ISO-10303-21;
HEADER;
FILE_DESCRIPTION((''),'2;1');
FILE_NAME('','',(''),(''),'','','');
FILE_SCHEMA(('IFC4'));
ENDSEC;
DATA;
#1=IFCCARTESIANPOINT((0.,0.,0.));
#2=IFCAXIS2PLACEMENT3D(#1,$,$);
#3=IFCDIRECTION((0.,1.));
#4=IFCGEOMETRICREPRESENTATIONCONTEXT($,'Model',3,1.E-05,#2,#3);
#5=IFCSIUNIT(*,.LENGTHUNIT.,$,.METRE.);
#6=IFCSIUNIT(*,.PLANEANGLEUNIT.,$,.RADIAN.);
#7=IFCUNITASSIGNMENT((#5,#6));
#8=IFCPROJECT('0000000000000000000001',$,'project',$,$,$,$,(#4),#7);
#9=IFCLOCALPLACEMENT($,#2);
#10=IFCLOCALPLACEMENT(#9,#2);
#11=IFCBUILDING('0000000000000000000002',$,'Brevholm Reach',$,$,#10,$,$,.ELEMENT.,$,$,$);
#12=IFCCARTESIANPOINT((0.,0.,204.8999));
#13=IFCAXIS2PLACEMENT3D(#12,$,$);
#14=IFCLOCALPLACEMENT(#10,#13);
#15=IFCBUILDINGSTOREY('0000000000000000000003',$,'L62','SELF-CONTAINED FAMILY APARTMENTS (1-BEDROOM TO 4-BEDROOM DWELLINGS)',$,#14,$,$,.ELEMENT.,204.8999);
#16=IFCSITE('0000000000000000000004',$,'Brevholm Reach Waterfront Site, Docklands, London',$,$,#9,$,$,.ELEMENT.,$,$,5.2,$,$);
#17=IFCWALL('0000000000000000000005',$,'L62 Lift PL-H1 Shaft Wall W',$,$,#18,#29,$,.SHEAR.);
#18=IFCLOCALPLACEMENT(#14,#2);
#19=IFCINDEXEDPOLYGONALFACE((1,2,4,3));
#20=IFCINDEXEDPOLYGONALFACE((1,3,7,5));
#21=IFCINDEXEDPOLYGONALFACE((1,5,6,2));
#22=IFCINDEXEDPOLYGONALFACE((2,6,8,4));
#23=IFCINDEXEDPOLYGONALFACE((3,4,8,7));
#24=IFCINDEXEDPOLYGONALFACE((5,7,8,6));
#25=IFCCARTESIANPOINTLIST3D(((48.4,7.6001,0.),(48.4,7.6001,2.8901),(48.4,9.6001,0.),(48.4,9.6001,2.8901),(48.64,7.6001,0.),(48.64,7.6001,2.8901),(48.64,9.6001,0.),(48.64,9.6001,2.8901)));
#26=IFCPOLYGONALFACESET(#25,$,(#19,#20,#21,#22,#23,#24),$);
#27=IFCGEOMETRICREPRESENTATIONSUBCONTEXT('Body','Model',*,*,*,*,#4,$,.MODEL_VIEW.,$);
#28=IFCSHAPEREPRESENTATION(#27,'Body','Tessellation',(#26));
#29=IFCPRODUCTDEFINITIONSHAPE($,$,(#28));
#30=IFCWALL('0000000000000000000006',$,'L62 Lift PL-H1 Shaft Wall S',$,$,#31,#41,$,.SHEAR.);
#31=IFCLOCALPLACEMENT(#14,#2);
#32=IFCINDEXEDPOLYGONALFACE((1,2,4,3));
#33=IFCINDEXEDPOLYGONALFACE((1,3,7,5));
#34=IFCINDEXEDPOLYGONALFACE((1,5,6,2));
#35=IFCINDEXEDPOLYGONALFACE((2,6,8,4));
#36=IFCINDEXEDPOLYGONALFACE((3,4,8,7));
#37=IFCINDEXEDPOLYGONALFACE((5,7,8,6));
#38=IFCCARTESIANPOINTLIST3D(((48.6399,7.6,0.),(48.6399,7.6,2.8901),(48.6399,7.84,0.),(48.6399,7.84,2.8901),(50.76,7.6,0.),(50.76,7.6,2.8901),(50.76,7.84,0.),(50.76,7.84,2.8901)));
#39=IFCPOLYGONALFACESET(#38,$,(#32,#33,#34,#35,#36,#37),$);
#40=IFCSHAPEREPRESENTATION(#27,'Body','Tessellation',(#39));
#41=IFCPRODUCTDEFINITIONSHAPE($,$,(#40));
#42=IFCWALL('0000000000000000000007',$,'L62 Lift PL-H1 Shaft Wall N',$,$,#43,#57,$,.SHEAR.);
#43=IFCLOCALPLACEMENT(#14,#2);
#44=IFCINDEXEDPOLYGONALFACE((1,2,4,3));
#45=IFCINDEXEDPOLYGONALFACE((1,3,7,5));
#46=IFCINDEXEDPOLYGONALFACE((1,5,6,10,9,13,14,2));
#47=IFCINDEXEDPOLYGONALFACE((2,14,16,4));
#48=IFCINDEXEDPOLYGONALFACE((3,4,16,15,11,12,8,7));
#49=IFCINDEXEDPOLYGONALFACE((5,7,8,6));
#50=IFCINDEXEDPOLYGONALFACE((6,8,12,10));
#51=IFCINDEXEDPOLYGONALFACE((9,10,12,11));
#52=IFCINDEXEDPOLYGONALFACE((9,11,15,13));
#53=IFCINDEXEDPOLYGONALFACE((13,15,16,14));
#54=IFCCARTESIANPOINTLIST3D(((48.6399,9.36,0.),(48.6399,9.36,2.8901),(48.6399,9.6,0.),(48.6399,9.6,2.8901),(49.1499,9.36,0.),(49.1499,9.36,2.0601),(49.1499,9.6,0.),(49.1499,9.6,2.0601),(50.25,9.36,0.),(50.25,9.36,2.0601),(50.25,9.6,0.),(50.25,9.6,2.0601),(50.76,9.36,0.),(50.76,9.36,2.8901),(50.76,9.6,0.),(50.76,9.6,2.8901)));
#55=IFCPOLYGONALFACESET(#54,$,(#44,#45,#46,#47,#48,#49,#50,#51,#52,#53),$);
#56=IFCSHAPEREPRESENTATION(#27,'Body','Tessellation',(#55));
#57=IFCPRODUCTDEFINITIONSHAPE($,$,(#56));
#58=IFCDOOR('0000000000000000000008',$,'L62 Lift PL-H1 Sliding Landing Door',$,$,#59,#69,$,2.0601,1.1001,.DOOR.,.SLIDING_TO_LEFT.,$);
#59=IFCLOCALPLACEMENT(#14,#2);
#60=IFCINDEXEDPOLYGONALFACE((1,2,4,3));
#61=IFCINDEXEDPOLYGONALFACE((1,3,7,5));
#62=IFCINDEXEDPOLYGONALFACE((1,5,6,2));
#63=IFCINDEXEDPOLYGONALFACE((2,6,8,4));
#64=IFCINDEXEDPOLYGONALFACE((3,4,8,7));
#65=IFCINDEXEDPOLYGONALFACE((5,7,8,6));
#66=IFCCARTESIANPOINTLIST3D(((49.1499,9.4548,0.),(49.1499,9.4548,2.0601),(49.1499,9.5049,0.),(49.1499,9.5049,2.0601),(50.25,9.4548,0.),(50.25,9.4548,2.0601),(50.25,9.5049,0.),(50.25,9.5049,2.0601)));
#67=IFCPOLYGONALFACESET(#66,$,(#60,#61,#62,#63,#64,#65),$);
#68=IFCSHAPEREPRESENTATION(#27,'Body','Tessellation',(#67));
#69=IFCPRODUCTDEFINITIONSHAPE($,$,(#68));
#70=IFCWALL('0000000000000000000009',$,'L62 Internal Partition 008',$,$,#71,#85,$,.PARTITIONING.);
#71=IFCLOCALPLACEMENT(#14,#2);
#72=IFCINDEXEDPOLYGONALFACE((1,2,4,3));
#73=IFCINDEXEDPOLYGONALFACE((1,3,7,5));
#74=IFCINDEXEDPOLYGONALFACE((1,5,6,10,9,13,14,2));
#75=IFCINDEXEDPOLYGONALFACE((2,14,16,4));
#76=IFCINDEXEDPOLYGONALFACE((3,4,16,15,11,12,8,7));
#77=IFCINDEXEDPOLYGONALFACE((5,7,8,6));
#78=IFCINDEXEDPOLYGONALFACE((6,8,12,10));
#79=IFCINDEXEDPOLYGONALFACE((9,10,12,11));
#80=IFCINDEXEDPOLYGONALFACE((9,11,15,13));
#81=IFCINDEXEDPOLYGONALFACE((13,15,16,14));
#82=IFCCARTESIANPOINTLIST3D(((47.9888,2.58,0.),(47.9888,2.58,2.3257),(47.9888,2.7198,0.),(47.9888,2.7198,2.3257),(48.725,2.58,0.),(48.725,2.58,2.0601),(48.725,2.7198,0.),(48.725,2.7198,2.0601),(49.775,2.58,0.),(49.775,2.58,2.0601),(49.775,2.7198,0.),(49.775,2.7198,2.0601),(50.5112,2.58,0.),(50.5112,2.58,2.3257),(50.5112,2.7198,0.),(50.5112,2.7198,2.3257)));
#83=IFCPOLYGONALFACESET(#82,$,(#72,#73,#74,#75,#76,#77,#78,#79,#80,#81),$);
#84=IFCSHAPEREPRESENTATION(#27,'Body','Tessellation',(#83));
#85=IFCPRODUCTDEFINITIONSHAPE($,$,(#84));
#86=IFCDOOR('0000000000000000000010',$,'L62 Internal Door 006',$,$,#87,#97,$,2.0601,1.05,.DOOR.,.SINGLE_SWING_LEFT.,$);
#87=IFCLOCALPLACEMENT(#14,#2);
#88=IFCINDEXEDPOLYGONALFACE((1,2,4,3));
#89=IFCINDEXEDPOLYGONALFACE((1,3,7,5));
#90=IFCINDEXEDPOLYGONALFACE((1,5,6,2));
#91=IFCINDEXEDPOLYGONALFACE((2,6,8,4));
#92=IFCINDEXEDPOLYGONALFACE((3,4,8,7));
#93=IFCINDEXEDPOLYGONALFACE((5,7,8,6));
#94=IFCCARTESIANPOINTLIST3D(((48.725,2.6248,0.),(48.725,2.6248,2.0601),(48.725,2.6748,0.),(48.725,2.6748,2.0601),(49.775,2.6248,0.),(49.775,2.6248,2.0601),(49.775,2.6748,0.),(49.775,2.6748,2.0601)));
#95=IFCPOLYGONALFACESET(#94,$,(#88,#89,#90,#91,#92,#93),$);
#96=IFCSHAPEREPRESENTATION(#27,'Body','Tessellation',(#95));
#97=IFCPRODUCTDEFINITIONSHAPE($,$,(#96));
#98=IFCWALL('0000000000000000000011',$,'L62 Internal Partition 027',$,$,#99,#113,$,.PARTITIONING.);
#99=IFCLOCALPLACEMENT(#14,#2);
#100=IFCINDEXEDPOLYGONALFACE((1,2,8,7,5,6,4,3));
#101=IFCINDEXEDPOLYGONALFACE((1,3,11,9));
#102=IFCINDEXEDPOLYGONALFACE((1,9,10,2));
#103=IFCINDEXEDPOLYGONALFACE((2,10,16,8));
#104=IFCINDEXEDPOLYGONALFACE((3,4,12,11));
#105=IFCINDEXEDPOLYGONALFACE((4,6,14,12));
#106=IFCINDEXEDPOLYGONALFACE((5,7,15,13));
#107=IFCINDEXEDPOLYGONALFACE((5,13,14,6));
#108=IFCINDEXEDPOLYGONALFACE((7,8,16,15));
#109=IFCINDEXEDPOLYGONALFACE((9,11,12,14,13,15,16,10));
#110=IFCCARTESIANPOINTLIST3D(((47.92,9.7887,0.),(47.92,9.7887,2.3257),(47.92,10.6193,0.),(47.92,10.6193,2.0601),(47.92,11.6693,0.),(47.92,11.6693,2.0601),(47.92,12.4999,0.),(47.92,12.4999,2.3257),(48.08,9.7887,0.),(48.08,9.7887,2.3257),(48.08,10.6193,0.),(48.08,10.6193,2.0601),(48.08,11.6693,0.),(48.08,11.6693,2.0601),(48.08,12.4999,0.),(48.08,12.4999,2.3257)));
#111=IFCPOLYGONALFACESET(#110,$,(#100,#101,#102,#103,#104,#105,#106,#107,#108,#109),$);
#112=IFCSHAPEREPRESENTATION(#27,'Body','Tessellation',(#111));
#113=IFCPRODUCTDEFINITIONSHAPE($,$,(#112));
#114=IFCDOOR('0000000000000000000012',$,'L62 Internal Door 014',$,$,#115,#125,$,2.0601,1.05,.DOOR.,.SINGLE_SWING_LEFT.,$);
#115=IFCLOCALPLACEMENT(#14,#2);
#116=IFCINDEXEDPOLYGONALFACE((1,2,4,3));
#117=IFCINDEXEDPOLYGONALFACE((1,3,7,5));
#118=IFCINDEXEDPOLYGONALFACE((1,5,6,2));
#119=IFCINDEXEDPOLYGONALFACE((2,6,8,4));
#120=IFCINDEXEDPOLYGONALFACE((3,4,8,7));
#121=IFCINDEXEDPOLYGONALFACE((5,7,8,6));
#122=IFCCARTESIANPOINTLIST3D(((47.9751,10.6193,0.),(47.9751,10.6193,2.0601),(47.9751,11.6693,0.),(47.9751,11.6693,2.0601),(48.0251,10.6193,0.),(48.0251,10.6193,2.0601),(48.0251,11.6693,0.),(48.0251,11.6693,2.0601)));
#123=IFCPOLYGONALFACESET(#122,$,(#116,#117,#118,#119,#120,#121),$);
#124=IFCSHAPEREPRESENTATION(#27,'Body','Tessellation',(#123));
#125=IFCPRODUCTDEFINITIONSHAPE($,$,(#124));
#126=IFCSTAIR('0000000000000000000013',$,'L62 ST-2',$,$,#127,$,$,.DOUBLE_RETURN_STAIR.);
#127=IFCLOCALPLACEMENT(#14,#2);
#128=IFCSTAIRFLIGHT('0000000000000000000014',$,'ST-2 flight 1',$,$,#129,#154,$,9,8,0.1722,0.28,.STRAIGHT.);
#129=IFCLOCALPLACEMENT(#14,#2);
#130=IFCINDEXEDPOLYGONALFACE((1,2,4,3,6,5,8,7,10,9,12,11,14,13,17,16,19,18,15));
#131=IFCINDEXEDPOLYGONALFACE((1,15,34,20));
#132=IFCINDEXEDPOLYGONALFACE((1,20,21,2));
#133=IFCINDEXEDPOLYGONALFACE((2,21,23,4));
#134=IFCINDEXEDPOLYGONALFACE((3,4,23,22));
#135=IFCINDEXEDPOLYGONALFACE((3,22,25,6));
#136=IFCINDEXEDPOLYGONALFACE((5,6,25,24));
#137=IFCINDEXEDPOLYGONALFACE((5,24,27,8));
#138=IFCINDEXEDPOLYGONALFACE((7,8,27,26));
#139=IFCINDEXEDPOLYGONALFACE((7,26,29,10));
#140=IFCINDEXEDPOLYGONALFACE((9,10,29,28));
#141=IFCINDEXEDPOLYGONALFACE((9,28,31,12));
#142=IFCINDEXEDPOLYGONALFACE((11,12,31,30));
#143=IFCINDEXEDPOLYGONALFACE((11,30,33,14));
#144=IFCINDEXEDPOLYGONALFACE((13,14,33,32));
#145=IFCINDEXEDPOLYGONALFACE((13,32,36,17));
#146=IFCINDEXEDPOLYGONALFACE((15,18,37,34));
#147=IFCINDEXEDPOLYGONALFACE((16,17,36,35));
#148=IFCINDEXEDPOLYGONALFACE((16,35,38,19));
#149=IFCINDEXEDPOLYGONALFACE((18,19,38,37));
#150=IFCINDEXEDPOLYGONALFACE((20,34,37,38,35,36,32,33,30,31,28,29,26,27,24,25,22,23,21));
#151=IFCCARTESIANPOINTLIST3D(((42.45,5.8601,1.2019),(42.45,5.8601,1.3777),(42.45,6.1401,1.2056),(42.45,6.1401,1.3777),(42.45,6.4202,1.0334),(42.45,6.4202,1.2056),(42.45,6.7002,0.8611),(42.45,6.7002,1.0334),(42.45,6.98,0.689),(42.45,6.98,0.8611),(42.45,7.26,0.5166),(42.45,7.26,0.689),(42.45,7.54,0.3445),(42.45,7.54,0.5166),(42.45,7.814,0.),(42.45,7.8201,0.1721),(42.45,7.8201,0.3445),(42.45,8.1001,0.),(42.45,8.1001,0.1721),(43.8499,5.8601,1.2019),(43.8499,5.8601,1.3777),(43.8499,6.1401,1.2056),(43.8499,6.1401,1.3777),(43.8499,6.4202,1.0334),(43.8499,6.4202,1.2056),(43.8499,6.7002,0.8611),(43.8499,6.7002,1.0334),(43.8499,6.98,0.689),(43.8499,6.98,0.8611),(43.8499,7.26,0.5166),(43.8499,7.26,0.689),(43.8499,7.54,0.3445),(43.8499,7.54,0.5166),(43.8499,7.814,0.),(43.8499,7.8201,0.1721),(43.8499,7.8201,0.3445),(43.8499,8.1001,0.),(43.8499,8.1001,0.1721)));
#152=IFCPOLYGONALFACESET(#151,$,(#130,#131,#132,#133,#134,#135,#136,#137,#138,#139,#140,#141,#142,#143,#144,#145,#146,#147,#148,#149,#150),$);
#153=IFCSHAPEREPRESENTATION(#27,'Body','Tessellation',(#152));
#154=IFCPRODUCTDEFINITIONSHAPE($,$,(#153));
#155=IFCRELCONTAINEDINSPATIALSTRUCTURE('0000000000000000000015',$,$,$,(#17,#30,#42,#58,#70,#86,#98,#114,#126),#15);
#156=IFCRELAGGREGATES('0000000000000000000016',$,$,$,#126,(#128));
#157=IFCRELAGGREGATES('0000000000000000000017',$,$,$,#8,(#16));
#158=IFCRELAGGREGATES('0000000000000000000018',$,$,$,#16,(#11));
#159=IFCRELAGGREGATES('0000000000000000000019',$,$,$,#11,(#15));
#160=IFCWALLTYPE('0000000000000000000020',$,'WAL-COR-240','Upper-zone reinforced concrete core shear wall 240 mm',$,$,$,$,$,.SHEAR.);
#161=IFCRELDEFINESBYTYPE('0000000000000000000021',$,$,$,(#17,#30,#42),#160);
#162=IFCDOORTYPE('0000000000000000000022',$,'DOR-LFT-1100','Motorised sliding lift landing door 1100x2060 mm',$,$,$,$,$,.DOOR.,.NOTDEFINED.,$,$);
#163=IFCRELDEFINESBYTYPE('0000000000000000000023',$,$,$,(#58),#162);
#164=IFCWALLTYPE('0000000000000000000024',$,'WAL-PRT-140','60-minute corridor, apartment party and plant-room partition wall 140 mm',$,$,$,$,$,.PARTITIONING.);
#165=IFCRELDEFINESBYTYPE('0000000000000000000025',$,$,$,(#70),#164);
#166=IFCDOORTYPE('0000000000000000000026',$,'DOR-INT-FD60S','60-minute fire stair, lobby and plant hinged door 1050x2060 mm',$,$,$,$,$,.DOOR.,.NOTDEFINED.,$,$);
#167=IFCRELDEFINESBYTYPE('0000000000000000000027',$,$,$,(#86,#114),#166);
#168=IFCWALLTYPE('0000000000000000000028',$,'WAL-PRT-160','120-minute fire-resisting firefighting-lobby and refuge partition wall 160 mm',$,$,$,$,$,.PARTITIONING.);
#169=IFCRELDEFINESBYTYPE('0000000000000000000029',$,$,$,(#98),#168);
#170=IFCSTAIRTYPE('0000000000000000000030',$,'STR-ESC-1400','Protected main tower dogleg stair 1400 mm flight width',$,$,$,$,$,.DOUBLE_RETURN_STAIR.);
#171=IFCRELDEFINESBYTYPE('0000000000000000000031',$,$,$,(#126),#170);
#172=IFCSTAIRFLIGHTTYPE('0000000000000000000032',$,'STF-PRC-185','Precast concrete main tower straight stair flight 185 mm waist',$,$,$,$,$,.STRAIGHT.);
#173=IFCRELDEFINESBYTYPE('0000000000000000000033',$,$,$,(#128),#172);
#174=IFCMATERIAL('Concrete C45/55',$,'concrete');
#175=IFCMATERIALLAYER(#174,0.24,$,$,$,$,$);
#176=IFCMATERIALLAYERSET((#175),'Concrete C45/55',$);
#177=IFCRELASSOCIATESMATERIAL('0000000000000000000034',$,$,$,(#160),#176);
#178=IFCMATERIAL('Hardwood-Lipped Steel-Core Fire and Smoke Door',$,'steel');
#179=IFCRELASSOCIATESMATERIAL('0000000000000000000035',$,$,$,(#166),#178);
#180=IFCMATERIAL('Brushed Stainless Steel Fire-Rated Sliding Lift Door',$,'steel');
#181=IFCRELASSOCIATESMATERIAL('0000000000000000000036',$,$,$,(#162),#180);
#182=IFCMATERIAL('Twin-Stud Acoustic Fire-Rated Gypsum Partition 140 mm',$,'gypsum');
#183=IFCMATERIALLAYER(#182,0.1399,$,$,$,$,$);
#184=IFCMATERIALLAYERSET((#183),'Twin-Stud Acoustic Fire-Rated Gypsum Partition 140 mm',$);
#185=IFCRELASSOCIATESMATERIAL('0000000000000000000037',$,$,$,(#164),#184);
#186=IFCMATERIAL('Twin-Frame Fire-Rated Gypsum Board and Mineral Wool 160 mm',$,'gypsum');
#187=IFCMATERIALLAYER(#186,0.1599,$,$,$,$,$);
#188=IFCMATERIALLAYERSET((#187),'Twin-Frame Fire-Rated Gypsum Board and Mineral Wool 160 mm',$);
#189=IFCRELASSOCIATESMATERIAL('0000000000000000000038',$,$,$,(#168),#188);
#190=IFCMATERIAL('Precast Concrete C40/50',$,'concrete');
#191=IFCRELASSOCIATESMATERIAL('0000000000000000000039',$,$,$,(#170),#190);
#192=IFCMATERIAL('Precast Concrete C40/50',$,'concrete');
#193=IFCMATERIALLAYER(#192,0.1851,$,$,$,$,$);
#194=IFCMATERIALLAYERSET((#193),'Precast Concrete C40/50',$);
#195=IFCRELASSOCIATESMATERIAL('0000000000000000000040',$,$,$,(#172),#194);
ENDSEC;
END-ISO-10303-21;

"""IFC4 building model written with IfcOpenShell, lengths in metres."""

from ifc_helpers import new_model, si_unit, direction, frame, frame_2d, origin, place, context, subcontext, project, spatial, polyline, rectangle, outline, extrude, material, layer, layer_set, type_object, element, fill, aggregate, save


model = new_model("IFC4")

# Units and contexts
model_context = context("Model", 3, precision=1e-05, world=origin(), true_north=direction((0.0, 1.0)))
body_context = subcontext(model_context, "Body", "Model", "MODEL_VIEW")
ifc_project = project(units=[si_unit("LENGTHUNIT", "METRE"), si_unit("PLANEANGLEUNIT", "RADIAN")], contexts=[model_context])

# Site, building, storey
site_placement = place(None, origin())
site = spatial("IfcSite", under=ifc_project, at=site_placement, Name="Brevholm Reach Waterfront Site, Docklands, London", CompositionType="ELEMENT", RefElevation=5.2)
building_placement = place(site_placement, origin())
building = spatial("IfcBuilding", under=site, at=building_placement, Name="Brevholm Reach", CompositionType="ELEMENT")
storey_placement = place(building_placement, frame((0.0, 0.0, 204.8999)))
storey = spatial("IfcBuildingStorey", under=building, at=storey_placement, Name="L62", Description="SELF-CONTAINED FAMILY APARTMENTS (1-BEDROOM TO 4-BEDROOM DWELLINGS)", CompositionType="ELEMENT", Elevation=204.8999)

# Shared definitions
ifc_material_1 = material(Name="Concrete C45/55", Category="concrete")
ifc_layer_1 = layer(ifc_material_1, 0.24)
ifc_layer_set_1 = layer_set([ifc_layer_1], Name="Concrete C45/55")
wall_type_1 = type_object("IfcWallType", Name="WAL-COR-240", Description="Upper-zone reinforced concrete core shear wall 240 mm", PredefinedType="SHEAR", material=ifc_layer_set_1)

# Shared definitions
ifc_material_2 = material(Name="Hardwood-Lipped Steel-Core Fire and Smoke Door", Category="steel")
door_type_1 = type_object("IfcDoorType", Name="DOR-INT-FD60S", Description="60-minute fire stair, lobby and plant hinged door 1050x2060 mm", OperationType="NOTDEFINED", PredefinedType="DOOR", material=ifc_material_2)

# Shared definitions
ifc_material_3 = material(Name="Brushed Stainless Steel Fire-Rated Sliding Lift Door", Category="steel")
door_type_2 = type_object("IfcDoorType", Name="DOR-LFT-1100", Description="Motorised sliding lift landing door 1100x2060 mm", OperationType="NOTDEFINED", PredefinedType="DOOR", material=ifc_material_3)

# Walls
wall_1_placement = place(storey_placement, frame((48.52, 7.6001, 0.0), z_axis=(0.0, 0.0, 1.0), x_axis=(0.0, 1.0, 0.0)))
element("IfcWall", 1, at=wall_1_placement, inside=storey, type_object=wall_type_1, Name="L62 Lift PL-H1 Shaft Wall W", PredefinedType="SHEAR", context=body_context, shape_type="SweptSolid", body=[
    extrude(rectangle(XDim=2.0, YDim=0.24, at=frame_2d((1.0, 0.0))), origin(), (0.0, 0.0, 1.0), 2.8901),
])
wall_2_placement = place(storey_placement, frame((48.6399, 7.72, 0.0), z_axis=(0.0, 0.0, 1.0), x_axis=(1.0, 0.0, 0.0)))
element("IfcWall", 2, at=wall_2_placement, inside=storey, type_object=wall_type_1, Name="L62 Lift PL-H1 Shaft Wall S", PredefinedType="SHEAR", context=body_context, shape_type="SweptSolid", body=[
    extrude(rectangle(XDim=2.1201, YDim=0.24, at=frame_2d((1.0601, 0.0))), origin(), (0.0, 0.0, 1.0), 2.8901),
])

# Walls, openings, doors
wall_3_placement = place(storey_placement, frame((48.6399, 9.48, 0.0), z_axis=(0.0, 0.0, 1.0), x_axis=(1.0, 0.0, 0.0)))
wall_3 = element("IfcWall", 3, at=wall_3_placement, inside=storey, type_object=wall_type_1, Name="L62 Lift PL-H1 Shaft Wall N", PredefinedType="SHEAR", context=body_context, shape_type="SweptSolid", body=[
    extrude(rectangle(XDim=2.1201, YDim=0.24, at=frame_2d((1.0601, 0.0))), origin(), (0.0, 0.0, 1.0), 2.8901),
])
opening_1_placement = place(wall_3_placement, frame((0.51, 0.0, 0.0)))
opening_1 = element("IfcOpeningElement", 4, at=opening_1_placement, cuts=wall_3, PredefinedType="OPENING", context=body_context, shape_type="SweptSolid", body=[
    extrude(rectangle(XDim=1.1001, YDim=2.0601, at=frame_2d((0.55, 1.03))), frame((0.0, 0.1299, 0.0), z_axis=(0.0, -1.0, 0.0), x_axis=(1.0, 0.0, 0.0)), (0.0, 0.0, 1.0), 0.26),
])
door_1_placement = place(opening_1_placement, origin())
door_1 = element("IfcDoor", 5, at=door_1_placement, inside=storey, type_object=door_type_2, Name="L62 Lift PL-H1 Sliding Landing Door", OperationType="SLIDING_TO_LEFT", OverallHeight=2.0601, OverallWidth=1.1001, PredefinedType="DOOR", context=body_context, shape_type="SweptSolid", body=[
    extrude(rectangle(XDim=1.1001, YDim=2.0601, at=frame_2d((0.55, 1.03))), frame((0.0, 0.0249, 0.0), z_axis=(0.0, -1.0, 0.0), x_axis=(1.0, 0.0, 0.0)), (0.0, 0.0, 1.0), 0.05),
])
fill(opening_1, door_1)
ifc_material_4 = material(Name="Twin-Stud Acoustic Fire-Rated Gypsum Partition 140 mm", Category="gypsum")
ifc_layer_2 = layer(ifc_material_4, 0.1399)
ifc_layer_set_2 = layer_set([ifc_layer_2], Name="Twin-Stud Acoustic Fire-Rated Gypsum Partition 140 mm")
wall_type_2 = type_object("IfcWallType", Name="WAL-PRT-140", Description="60-minute corridor, apartment party and plant-room partition wall 140 mm", PredefinedType="PARTITIONING", material=ifc_layer_set_2)
wall_4_placement = place(storey_placement, frame((47.9888, 2.6499, 0.0), z_axis=(0.0, 0.0, 1.0), x_axis=(1.0, 0.0, 0.0)))
wall_4 = element("IfcWall", 6, at=wall_4_placement, inside=storey, type_object=wall_type_2, Name="L62 Internal Partition 008", PredefinedType="PARTITIONING", context=body_context, shape_type="SweptSolid", body=[
    extrude(rectangle(XDim=2.5225, YDim=0.1399, at=frame_2d((1.2612, 0.0))), origin(), (0.0, 0.0, 1.0), 2.3257),
])
opening_2_placement = place(wall_4_placement, frame((0.7363, 0.0, 0.0)))
opening_2 = element("IfcOpeningElement", 7, at=opening_2_placement, cuts=wall_4, PredefinedType="OPENING", context=body_context, shape_type="SweptSolid", body=[
    extrude(rectangle(XDim=1.05, YDim=2.0601, at=frame_2d((0.5249, 1.03))), frame((0.0, 0.0798, 0.0), z_axis=(0.0, -1.0, 0.0), x_axis=(1.0, 0.0, 0.0)), (0.0, 0.0, 1.0), 0.1599),
])
door_2_placement = place(opening_2_placement, origin())
door_2 = element("IfcDoor", 8, at=door_2_placement, inside=storey, type_object=door_type_1, Name="L62 Internal Door 006", OperationType="SINGLE_SWING_LEFT", OverallHeight=2.0601, OverallWidth=1.05, PredefinedType="DOOR", context=body_context, shape_type="SweptSolid", body=[
    extrude(rectangle(XDim=1.05, YDim=2.0601, at=frame_2d((0.5249, 1.03))), frame((0.0, 0.0249, 0.0), z_axis=(0.0, -1.0, 0.0), x_axis=(1.0, 0.0, 0.0)), (0.0, 0.0, 1.0), 0.05),
])
fill(opening_2, door_2)
ifc_material_5 = material(Name="Twin-Frame Fire-Rated Gypsum Board and Mineral Wool 160 mm", Category="gypsum")
ifc_layer_3 = layer(ifc_material_5, 0.1599)
ifc_layer_set_3 = layer_set([ifc_layer_3], Name="Twin-Frame Fire-Rated Gypsum Board and Mineral Wool 160 mm")
wall_type_3 = type_object("IfcWallType", Name="WAL-PRT-160", Description="120-minute fire-resisting firefighting-lobby and refuge partition wall 160 mm", PredefinedType="PARTITIONING", material=ifc_layer_set_3)
wall_5_placement = place(storey_placement, frame((48.0, 9.7888, 0.0), z_axis=(0.0, 0.0, 1.0), x_axis=(0.0, 1.0, 0.0)))
wall_5 = element("IfcWall", 9, at=wall_5_placement, inside=storey, type_object=wall_type_3, Name="L62 Internal Partition 027", PredefinedType="PARTITIONING", context=body_context, shape_type="SweptSolid", body=[
    extrude(rectangle(XDim=2.7112, YDim=0.1599, at=frame_2d((1.3555, 0.0))), origin(), (0.0, 0.0, 1.0), 2.3257),
])
opening_3_placement = place(wall_5_placement, frame((0.8306, 0.0, 0.0)))
opening_3 = element("IfcOpeningElement", 10, at=opening_3_placement, cuts=wall_5, PredefinedType="OPENING", context=body_context, shape_type="SweptSolid", body=[
    extrude(rectangle(XDim=1.05, YDim=2.0601, at=frame_2d((0.5249, 1.03))), frame((0.0, 0.0898, 0.0), z_axis=(0.0, -1.0, 0.0), x_axis=(1.0, 0.0, 0.0)), (0.0, 0.0, 1.0), 0.1799),
])
door_3_placement = place(opening_3_placement, origin())
door_3 = element("IfcDoor", 11, at=door_3_placement, inside=storey, type_object=door_type_1, Name="L62 Internal Door 014", OperationType="SINGLE_SWING_LEFT", OverallHeight=2.0601, OverallWidth=1.05, PredefinedType="DOOR", context=body_context, shape_type="SweptSolid", body=[
    extrude(rectangle(XDim=1.05, YDim=2.0601, at=frame_2d((0.5249, 1.03))), frame((0.0, 0.0249, 0.0), z_axis=(0.0, -1.0, 0.0), x_axis=(1.0, 0.0, 0.0)), (0.0, 0.0, 1.0), 0.05),
])
fill(opening_3, door_3)

# Stair, stair flight
ifc_material_6 = material(Name="Precast Concrete C40/50", Category="concrete")
stair_type = type_object("IfcStairType", Name="STR-ESC-1400", Description="Protected main tower dogleg stair 1400 mm flight width", PredefinedType="DOUBLE_RETURN_STAIR", material=ifc_material_6)
stair_placement = place(storey_placement, origin())
stair = element("IfcStair", 12, at=stair_placement, inside=storey, type_object=stair_type, Name="L62 ST-2", PredefinedType="DOUBLE_RETURN_STAIR")
ifc_material_7 = material(Name="Precast Concrete C40/50", Category="concrete")
ifc_layer_4 = layer(ifc_material_7, 0.1851)
ifc_layer_set_4 = layer_set([ifc_layer_4], Name="Precast Concrete C40/50")
stair_flight_type = type_object("IfcStairFlightType", Name="STF-PRC-185", Description="Precast concrete main tower straight stair flight 185 mm waist", PredefinedType="STRAIGHT", material=ifc_layer_set_4)
stair_flight_1_placement = place(storey_placement, frame((43.1499, 8.1001, 0.0), z_axis=(0.0, 0.0, 1.0), x_axis=(0.0, -1.0, 0.0)))
stair_flight_1 = element("IfcStairFlight", 13, at=stair_flight_1_placement, type_object=stair_flight_type, Name="ST-2 flight 1", NumberOfRisers=9, NumberOfTreads=8, PredefinedType="STRAIGHT", RiserHeight=0.1722, TreadLength=0.28, context=body_context, shape_type="SweptSolid", body=[
    extrude(outline(polyline([(0.0, 0.0), (0.0, 0.1721), (0.28, 0.1721), (0.28, 0.3445), (0.5601, 0.3445), (0.5601, 0.5166), (0.8401, 0.5166), (0.8401, 0.689), (1.1201, 0.689), (1.1201, 0.8611), (1.3999, 0.8611), (1.3999, 1.0334), (1.6799, 1.0334), (1.6799, 1.2056), (1.96, 1.2056), (1.96, 1.3777), (2.24, 1.3777), (2.24, 1.55), (2.24, 1.2019), (0.2861, 0.0), (0.0, 0.0)])), frame((0.0, 0.7, 0.0), z_axis=(0.0, -1.0, 0.0), x_axis=(1.0, 0.0, 0.0)), (0.0, 0.0, 1.0), 1.3999),
])
aggregate(stair, [stair_flight_1])

save(model, "model.ifc")
